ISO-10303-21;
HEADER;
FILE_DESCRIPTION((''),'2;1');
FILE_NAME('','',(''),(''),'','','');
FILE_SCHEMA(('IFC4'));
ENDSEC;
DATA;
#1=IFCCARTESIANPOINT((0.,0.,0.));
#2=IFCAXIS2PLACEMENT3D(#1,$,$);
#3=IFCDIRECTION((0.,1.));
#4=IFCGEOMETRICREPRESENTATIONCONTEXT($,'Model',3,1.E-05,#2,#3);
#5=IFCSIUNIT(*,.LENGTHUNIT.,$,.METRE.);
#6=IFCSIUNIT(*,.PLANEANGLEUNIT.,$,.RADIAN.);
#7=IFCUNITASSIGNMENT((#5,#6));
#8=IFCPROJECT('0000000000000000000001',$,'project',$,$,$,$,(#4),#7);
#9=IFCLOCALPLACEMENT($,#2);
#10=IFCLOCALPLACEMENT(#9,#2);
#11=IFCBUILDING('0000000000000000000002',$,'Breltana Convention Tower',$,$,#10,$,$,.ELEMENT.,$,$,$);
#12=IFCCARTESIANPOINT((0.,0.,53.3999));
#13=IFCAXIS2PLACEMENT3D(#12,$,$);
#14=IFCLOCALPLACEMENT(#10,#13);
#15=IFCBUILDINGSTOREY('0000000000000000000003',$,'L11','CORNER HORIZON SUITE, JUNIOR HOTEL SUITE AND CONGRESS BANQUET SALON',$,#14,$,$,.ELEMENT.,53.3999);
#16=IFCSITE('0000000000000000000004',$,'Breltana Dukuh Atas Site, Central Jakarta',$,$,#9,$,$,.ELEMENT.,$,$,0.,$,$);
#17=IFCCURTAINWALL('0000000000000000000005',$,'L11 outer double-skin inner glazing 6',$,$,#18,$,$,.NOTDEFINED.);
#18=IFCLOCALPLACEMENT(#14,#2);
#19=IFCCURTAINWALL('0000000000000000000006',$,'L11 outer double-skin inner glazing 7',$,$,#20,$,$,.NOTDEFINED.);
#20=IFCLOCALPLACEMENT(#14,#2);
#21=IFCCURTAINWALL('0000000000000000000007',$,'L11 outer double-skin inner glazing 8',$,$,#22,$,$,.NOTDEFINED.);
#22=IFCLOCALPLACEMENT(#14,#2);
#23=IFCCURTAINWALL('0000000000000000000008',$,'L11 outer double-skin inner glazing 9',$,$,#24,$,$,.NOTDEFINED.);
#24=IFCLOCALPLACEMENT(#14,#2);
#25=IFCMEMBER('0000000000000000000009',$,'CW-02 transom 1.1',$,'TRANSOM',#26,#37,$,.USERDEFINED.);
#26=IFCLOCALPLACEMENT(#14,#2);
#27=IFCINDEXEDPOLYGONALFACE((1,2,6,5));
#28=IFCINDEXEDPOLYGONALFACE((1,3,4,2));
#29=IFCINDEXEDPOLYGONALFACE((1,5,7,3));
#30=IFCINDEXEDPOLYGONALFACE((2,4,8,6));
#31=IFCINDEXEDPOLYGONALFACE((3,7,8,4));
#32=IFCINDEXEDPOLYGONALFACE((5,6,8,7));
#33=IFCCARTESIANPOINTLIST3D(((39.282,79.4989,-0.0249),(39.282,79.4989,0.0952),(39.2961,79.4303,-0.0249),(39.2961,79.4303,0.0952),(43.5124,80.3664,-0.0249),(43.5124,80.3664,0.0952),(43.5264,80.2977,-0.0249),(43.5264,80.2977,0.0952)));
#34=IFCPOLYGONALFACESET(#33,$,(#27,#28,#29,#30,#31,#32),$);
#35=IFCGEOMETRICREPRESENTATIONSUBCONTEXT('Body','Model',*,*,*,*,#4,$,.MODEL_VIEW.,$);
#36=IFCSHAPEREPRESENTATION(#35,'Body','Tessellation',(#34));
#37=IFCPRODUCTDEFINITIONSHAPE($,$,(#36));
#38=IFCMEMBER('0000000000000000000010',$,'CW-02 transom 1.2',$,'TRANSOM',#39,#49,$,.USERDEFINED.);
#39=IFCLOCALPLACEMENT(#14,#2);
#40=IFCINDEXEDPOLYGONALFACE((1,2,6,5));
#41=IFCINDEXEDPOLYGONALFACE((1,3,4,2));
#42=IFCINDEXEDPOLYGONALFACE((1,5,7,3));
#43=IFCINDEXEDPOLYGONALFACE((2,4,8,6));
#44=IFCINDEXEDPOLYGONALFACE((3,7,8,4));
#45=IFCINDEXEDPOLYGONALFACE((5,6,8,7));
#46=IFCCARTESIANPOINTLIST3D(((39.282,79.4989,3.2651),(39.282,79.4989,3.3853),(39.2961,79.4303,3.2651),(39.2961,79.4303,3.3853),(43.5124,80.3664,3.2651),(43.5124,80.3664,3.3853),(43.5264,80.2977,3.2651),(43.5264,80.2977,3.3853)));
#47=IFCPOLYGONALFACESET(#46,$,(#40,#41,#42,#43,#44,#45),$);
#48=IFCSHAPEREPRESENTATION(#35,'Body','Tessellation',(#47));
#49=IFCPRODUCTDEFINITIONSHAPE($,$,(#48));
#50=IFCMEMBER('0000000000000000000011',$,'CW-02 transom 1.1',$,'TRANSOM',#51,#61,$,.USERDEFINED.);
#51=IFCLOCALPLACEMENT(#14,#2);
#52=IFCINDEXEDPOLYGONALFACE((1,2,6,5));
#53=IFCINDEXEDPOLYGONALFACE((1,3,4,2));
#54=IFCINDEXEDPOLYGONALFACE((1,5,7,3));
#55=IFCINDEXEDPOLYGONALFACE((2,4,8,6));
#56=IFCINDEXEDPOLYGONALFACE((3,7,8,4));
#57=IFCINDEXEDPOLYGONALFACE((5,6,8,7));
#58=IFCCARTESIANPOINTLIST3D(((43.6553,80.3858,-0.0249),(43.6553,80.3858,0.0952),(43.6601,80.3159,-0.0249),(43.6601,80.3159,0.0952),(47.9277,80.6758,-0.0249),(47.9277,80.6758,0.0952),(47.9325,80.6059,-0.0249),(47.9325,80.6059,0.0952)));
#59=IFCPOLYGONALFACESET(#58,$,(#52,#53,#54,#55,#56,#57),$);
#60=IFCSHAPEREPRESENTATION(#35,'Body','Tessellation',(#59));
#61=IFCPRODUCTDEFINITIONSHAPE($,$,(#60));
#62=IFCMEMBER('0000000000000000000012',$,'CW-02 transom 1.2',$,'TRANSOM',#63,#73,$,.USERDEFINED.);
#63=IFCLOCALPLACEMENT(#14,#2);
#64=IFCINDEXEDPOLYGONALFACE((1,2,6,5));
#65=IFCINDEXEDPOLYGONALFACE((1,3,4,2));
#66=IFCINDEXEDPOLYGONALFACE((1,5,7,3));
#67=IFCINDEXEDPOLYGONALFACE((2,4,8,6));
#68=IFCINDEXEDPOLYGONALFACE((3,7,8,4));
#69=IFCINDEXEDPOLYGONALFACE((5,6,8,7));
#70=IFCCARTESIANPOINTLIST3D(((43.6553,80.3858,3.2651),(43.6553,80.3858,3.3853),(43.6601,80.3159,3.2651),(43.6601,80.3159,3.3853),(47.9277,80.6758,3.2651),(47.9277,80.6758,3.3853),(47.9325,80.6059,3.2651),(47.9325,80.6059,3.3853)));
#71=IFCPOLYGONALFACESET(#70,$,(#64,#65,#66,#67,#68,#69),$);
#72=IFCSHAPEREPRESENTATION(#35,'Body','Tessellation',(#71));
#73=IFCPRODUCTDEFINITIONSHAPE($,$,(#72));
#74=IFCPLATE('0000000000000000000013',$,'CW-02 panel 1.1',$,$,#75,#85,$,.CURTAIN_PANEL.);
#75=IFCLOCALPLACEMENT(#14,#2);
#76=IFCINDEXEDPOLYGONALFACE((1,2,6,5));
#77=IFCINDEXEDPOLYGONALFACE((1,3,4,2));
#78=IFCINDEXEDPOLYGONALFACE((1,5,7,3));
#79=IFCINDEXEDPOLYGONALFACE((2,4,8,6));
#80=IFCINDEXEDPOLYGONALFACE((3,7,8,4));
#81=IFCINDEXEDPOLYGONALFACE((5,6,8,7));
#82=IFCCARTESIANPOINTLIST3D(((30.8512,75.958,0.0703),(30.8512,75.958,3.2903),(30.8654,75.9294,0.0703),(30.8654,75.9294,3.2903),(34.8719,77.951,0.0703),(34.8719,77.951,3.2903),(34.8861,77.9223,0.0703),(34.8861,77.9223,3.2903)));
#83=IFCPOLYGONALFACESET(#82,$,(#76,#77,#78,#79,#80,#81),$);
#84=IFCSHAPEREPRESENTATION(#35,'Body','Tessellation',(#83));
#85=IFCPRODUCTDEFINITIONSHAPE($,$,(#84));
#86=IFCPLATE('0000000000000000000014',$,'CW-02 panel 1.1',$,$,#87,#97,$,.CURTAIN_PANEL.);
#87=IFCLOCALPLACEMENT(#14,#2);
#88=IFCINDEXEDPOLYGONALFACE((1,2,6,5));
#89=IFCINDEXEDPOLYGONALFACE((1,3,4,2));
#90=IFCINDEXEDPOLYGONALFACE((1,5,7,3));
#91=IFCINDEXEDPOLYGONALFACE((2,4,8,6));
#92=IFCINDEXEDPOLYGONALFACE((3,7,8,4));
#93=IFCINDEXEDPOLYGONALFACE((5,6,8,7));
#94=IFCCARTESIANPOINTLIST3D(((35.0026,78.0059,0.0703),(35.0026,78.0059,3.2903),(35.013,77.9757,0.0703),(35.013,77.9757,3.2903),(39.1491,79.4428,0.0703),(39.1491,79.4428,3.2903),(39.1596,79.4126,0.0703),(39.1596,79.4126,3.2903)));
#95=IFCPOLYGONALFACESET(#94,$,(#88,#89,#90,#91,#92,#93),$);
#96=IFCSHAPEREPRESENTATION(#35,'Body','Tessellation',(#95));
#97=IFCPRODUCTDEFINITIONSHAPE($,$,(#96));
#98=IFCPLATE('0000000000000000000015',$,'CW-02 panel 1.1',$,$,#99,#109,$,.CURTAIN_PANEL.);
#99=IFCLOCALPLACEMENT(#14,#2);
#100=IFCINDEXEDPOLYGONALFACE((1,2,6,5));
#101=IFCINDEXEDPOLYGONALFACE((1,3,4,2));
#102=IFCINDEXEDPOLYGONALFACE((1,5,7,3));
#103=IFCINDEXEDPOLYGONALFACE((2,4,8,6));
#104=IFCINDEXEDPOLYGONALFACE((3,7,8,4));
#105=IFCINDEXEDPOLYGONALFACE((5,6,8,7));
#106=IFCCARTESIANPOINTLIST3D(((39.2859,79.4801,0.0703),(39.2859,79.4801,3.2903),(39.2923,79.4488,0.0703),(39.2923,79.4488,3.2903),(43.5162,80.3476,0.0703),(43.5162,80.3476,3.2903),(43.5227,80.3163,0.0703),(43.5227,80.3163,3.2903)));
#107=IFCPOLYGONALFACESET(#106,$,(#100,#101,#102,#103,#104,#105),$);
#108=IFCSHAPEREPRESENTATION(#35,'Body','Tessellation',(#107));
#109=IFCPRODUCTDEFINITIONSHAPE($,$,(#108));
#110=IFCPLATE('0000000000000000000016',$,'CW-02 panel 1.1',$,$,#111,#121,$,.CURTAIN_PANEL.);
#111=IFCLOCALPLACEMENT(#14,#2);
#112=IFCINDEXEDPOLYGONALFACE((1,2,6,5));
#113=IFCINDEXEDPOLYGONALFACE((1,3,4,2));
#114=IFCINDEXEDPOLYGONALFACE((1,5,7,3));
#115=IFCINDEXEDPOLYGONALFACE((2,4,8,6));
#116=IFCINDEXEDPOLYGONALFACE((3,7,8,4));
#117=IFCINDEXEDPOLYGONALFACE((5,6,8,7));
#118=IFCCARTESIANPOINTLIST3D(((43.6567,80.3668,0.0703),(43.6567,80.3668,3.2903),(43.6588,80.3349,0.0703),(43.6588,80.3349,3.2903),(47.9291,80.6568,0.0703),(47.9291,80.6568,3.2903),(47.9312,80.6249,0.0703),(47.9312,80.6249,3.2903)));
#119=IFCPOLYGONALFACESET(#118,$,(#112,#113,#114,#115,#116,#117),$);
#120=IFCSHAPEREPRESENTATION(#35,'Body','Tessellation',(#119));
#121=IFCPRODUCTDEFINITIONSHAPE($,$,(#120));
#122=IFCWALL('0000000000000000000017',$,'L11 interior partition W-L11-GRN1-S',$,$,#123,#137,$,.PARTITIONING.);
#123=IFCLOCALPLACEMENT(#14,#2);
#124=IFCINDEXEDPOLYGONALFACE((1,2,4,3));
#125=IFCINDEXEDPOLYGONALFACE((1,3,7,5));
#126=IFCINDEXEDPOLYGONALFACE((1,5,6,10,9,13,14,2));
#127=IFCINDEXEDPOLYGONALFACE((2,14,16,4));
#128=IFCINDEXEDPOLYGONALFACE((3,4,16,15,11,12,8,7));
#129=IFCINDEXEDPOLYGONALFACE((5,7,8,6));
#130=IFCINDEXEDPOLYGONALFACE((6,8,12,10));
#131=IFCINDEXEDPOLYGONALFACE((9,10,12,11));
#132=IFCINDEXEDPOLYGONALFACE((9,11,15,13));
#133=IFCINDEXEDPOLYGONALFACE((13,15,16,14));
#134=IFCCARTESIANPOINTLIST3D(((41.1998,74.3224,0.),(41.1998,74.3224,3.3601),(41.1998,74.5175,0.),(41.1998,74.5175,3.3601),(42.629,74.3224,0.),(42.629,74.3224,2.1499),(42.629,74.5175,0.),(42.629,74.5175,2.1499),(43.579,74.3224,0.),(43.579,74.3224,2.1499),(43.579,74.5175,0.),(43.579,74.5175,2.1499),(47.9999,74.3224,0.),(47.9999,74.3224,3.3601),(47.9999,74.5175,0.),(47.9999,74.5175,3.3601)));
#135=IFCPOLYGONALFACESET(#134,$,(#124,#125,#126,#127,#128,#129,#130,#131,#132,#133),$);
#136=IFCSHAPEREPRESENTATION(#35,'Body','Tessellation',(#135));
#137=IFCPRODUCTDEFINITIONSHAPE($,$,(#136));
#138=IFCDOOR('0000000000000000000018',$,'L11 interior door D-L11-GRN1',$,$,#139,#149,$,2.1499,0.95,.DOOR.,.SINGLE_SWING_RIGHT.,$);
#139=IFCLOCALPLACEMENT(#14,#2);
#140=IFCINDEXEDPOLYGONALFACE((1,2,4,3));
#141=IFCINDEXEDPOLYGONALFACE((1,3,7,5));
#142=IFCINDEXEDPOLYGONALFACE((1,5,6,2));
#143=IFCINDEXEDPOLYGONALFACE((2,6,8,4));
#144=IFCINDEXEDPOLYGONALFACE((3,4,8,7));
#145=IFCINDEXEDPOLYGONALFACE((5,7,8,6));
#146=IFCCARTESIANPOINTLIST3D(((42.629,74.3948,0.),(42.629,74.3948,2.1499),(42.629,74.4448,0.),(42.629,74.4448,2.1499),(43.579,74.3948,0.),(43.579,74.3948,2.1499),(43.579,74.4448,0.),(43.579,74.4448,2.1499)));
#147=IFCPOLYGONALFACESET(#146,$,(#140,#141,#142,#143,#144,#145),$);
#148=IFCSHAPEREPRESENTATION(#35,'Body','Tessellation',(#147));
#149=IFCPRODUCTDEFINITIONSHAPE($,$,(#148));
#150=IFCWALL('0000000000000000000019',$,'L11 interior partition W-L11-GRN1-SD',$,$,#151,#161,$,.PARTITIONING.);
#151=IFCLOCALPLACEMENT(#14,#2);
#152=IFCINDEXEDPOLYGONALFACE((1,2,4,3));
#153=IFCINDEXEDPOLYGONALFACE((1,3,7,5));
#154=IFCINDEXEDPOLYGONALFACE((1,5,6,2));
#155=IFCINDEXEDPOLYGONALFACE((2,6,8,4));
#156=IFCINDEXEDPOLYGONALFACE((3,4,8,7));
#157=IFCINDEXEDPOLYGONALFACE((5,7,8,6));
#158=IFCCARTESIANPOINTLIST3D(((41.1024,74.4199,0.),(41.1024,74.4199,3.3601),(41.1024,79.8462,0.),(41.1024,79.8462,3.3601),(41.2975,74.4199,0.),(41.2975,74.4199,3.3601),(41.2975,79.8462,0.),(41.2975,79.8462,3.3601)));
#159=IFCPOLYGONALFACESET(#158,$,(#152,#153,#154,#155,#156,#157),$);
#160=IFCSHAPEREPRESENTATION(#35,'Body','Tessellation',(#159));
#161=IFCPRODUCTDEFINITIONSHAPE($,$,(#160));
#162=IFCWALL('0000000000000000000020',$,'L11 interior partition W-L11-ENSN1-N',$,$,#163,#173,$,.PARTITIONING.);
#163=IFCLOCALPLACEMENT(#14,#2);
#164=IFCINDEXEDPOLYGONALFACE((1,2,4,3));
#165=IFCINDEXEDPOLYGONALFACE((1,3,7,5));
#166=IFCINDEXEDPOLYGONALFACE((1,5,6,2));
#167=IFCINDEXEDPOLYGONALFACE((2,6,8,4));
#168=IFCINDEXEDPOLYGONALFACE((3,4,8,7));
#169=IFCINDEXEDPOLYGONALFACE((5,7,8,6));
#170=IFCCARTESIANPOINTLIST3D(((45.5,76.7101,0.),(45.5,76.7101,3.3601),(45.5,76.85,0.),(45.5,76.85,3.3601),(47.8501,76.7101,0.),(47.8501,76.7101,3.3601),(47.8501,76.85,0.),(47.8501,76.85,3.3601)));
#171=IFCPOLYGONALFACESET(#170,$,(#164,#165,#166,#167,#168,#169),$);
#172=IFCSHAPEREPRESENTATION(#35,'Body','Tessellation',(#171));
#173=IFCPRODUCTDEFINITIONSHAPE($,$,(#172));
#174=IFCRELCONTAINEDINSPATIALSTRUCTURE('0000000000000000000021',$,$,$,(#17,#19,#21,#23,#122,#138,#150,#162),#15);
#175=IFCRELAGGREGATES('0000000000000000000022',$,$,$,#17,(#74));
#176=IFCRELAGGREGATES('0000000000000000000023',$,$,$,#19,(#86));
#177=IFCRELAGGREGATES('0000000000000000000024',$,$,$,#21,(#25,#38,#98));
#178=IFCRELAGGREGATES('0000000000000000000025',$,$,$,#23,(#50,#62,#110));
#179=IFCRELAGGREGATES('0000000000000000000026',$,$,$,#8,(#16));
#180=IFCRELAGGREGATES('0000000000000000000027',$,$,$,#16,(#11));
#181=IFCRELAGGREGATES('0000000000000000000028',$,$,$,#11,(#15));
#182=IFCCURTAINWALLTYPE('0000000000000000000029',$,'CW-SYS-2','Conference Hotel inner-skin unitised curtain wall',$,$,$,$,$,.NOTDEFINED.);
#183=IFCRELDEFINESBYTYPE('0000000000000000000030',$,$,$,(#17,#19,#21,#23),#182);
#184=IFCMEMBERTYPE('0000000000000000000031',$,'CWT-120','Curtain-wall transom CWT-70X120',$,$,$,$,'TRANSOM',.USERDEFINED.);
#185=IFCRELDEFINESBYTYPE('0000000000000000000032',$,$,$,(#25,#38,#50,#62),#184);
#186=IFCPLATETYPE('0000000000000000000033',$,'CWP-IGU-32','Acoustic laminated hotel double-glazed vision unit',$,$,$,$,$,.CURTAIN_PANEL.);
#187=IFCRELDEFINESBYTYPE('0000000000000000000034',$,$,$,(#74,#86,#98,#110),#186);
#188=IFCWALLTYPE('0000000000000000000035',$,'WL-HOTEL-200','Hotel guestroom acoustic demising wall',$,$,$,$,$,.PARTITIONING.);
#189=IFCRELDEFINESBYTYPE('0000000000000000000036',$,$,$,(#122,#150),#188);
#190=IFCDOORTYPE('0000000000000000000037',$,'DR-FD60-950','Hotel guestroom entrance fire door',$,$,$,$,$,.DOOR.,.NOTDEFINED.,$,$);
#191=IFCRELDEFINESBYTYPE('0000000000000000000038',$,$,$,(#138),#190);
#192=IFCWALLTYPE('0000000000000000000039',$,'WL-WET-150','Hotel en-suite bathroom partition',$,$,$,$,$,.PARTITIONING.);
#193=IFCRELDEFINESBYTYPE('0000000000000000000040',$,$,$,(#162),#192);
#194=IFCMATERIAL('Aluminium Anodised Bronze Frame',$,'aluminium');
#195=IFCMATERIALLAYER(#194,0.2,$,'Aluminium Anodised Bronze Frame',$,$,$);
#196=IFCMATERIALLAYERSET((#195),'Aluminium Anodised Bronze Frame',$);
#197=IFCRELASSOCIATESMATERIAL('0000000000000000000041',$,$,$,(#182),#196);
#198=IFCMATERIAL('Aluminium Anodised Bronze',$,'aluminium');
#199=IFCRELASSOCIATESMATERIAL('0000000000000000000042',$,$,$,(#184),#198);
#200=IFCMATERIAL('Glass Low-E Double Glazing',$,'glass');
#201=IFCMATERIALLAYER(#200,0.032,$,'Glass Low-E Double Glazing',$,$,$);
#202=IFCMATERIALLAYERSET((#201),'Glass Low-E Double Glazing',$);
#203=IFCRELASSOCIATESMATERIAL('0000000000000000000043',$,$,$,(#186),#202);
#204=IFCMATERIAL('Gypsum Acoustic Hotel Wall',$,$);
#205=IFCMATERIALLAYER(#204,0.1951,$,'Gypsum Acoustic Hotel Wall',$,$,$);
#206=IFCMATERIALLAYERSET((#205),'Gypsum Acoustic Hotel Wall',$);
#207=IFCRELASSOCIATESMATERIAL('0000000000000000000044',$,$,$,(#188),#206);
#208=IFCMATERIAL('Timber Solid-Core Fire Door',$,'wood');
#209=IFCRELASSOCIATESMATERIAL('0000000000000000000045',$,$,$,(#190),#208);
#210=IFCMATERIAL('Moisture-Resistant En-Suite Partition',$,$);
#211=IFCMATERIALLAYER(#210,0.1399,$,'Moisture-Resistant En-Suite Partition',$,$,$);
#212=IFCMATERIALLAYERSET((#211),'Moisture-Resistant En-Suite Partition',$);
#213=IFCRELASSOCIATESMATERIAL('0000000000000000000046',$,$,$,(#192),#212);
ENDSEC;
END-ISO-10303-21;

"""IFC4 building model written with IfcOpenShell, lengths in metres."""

from ifc_helpers import new_model, si_unit, direction, frame, frame_2d, origin, origin_2d, place, context, subcontext, project, spatial, rectangle, extrude, source, transform, mapped, material, layer, layer_set, material_profile, profile_set, type_object, type_shapes, element, fill, aggregate, save


model = new_model("IFC4")

# Units and contexts
model_context = context("Model", 3, precision=1e-05, world=origin(), true_north=direction((0.0, 1.0)))
body_context = subcontext(model_context, "Body", "Model", "MODEL_VIEW")
ifc_project = project(units=[si_unit("LENGTHUNIT", "METRE"), si_unit("PLANEANGLEUNIT", "RADIAN")], contexts=[model_context])

# Site, building, storey
site_placement = place(None, origin())
site = spatial("IfcSite", under=ifc_project, at=site_placement, Name="Breltana Dukuh Atas Site, Central Jakarta", CompositionType="ELEMENT", RefElevation=0.0)
building_placement = place(site_placement, origin())
building = spatial("IfcBuilding", under=site, at=building_placement, Name="Breltana Convention Tower", CompositionType="ELEMENT")
storey_placement = place(building_placement, frame((0.0, 0.0, 53.3999)))
storey = spatial("IfcBuildingStorey", under=building, at=storey_placement, Name="L11", Description="CORNER HORIZON SUITE, JUNIOR HOTEL SUITE AND CONGRESS BANQUET SALON", CompositionType="ELEMENT", Elevation=53.3999)

# Curtain wall
ifc_material_1 = material(Name="Aluminium Anodised Bronze Frame", Category="aluminium")
ifc_layer_1 = layer(ifc_material_1, 0.2, Name="Aluminium Anodised Bronze Frame")
ifc_layer_set_1 = layer_set([ifc_layer_1], Name="Aluminium Anodised Bronze Frame")
curtain_wall_type = type_object("IfcCurtainWallType", Name="CW-SYS-2", Description="Conference Hotel inner-skin unitised curtain wall", PredefinedType="NOTDEFINED", material=ifc_layer_set_1)
curtain_wall_1_placement = place(storey_placement, origin())
curtain_wall_1 = element("IfcCurtainWall", 1, at=curtain_wall_1_placement, inside=storey, type_object=curtain_wall_type, Name="L11 outer double-skin inner glazing 6", PredefinedType="NOTDEFINED")
ifc_material_2 = material(Name="Aluminium Anodised Bronze", Category="aluminium")

# Curtain walls
curtain_wall_2_placement = place(storey_placement, origin())
curtain_wall_2 = element("IfcCurtainWall", 2, at=curtain_wall_2_placement, inside=storey, type_object=curtain_wall_type, Name="L11 outer double-skin inner glazing 7", PredefinedType="NOTDEFINED")
curtain_wall_3_placement = place(storey_placement, origin())
curtain_wall_3 = element("IfcCurtainWall", 3, at=curtain_wall_3_placement, inside=storey, type_object=curtain_wall_type, Name="L11 outer double-skin inner glazing 8", PredefinedType="NOTDEFINED")

# Curtain wall
curtain_wall_4_placement = place(storey_placement, origin())
curtain_wall_4 = element("IfcCurtainWall", 4, at=curtain_wall_4_placement, inside=storey, type_object=curtain_wall_type, Name="L11 outer double-skin inner glazing 9", PredefinedType="NOTDEFINED")

# Members
ifc_material_profile_1 = material_profile(ifc_material_2, rectangle(XDim=0.0701, YDim=0.1201, at=origin_2d()), Name="CWT-70X120")
ifc_profile_set_1 = profile_set([ifc_material_profile_1], Name="Aluminium Anodised Bronze")
member_type_1 = type_object("IfcMemberType", Name="CWT-120", Description="Curtain-wall transom CWT-70X120", ElementType="TRANSOM", PredefinedType="USERDEFINED", material=ifc_profile_set_1)
shared_shape_1 = source(origin(), body_context, "Body", "SweptSolid", [
    extrude(rectangle(XDim=0.0701, YDim=0.1201, at=origin_2d()), origin(), (0.0, 0.0, 1.0), 4.3184),
])
member_1_placement = place(storey_placement, frame((39.2891, 79.4646, 0.0352), z_axis=(0.979617, 0.200876, 0.0), x_axis=(-0.200876, 0.979617, 0.0)))
member_1 = element("IfcMember", 5, at=member_1_placement, type_object=member_type_1, Name="CW-02 transom 1.1", ObjectType="TRANSOM", PredefinedType="USERDEFINED", context=body_context, shape_type="MappedRepresentation", body=[
    mapped(shared_shape_1, transform((0.0, 0.0, 0.0), scale=1.0)),
])
member_2_placement = place(storey_placement, frame((39.2891, 79.4646, 3.3252), z_axis=(0.979617, 0.200876, 0.0), x_axis=(-0.200876, 0.979617, 0.0)))
member_2 = element("IfcMember", 6, at=member_2_placement, type_object=member_type_1, Name="CW-02 transom 1.2", ObjectType="TRANSOM", PredefinedType="USERDEFINED", context=body_context, shape_type="MappedRepresentation", body=[
    mapped(shared_shape_1, transform((0.0, 0.0, 0.0), scale=1.0)),
])
shared_shape_2 = source(origin(), body_context, "Body", "SweptSolid", [
    extrude(rectangle(XDim=0.0701, YDim=0.1201, at=origin_2d()), origin(), (0.0, 0.0, 1.0), 4.2822),
])
member_3_placement = place(storey_placement, frame((43.6577, 80.3508, 0.0352), z_axis=(0.997704, 0.06773, 0.0), x_axis=(-0.06773, 0.997704, 0.0)))
member_3 = element("IfcMember", 7, at=member_3_placement, type_object=member_type_1, Name="CW-02 transom 1.1", ObjectType="TRANSOM", PredefinedType="USERDEFINED", context=body_context, shape_type="MappedRepresentation", body=[
    mapped(shared_shape_2, transform((0.0, 0.0, 0.0), scale=1.0)),
])
member_4_placement = place(storey_placement, frame((43.6577, 80.3508, 3.3252), z_axis=(0.997704, 0.06773, 0.0), x_axis=(-0.06773, 0.997704, 0.0)))
member_4 = element("IfcMember", 8, at=member_4_placement, type_object=member_type_1, Name="CW-02 transom 1.2", ObjectType="TRANSOM", PredefinedType="USERDEFINED", context=body_context, shape_type="MappedRepresentation", body=[
    mapped(shared_shape_2, transform((0.0, 0.0, 0.0), scale=1.0)),
])

# Plates
ifc_material_3 = material(Name="Glass Low-E Double Glazing", Category="glass")
ifc_layer_2 = layer(ifc_material_3, 0.032, Name="Glass Low-E Double Glazing")
ifc_layer_set_2 = layer_set([ifc_layer_2], Name="Glass Low-E Double Glazing")
plate_type = type_object("IfcPlateType", Name="CWP-IGU-32", Description="Acoustic laminated hotel double-glazed vision unit", PredefinedType="CURTAIN_PANEL", material=ifc_layer_set_2)
shared_shape_3 = source(origin(), body_context, "Body", "SweptSolid", [
    extrude(rectangle(XDim=4.4875, YDim=0.032, at=origin_2d()), origin(), (0.0, 0.0, 1.0), 3.22),
])
plate_1_placement = place(storey_placement, frame((32.8687, 76.9402, 0.0703), z_axis=(0.0, 0.0, 1.0), x_axis=(0.895973, 0.444108, 0.0)))
plate_1 = element("IfcPlate", 9, at=plate_1_placement, type_object=plate_type, Name="CW-02 panel 1.1", PredefinedType="CURTAIN_PANEL", context=body_context, shape_type="MappedRepresentation", body=[
    mapped(shared_shape_3, transform((0.0, 0.0, 0.0), scale=1.0)),
])
aggregate(curtain_wall_1, [plate_1])
shared_shape_4 = source(origin(), body_context, "Body", "SweptSolid", [
    extrude(rectangle(XDim=4.3884, YDim=0.032, at=origin_2d()), origin(), (0.0, 0.0, 1.0), 3.22),
])
plate_2_placement = place(storey_placement, frame((37.0811, 78.7092, 0.0703), z_axis=(0.0, 0.0, 1.0), x_axis=(0.944876, 0.327428, 0.0)))
plate_2 = element("IfcPlate", 10, at=plate_2_placement, type_object=plate_type, Name="CW-02 panel 1.1", PredefinedType="CURTAIN_PANEL", context=body_context, shape_type="MappedRepresentation", body=[
    mapped(shared_shape_4, transform((0.0, 0.0, 0.0), scale=1.0)),
])
aggregate(curtain_wall_2, [plate_2])
shared_shape_5 = source(origin(), body_context, "Body", "SweptSolid", [
    extrude(rectangle(XDim=4.3184, YDim=0.032, at=origin_2d()), origin(), (0.0, 0.0, 1.0), 3.22),
])
plate_3_placement = place(storey_placement, frame((41.4043, 79.8982, 0.0703), z_axis=(0.0, 0.0, 1.0), x_axis=(0.979615, 0.200885, 0.0)))
plate_3 = element("IfcPlate", 11, at=plate_3_placement, type_object=plate_type, Name="CW-02 panel 1.1", PredefinedType="CURTAIN_PANEL", context=body_context, shape_type="MappedRepresentation", body=[
    mapped(shared_shape_5, transform((0.0, 0.0, 0.0), scale=1.0)),
])
aggregate(curtain_wall_3, [member_1, member_2, plate_3])
shared_shape_6 = source(origin(), body_context, "Body", "SweptSolid", [
    extrude(rectangle(XDim=4.2822, YDim=0.032, at=origin_2d()), origin(), (0.0, 0.0, 1.0), 3.22),
])
plate_4_placement = place(storey_placement, frame((45.7939, 80.4958, 0.0703), z_axis=(0.0, 0.0, 1.0), x_axis=(0.997704, 0.067726, 0.0)))
plate_4 = element("IfcPlate", 12, at=plate_4_placement, type_object=plate_type, Name="CW-02 panel 1.1", PredefinedType="CURTAIN_PANEL", context=body_context, shape_type="MappedRepresentation", body=[
    mapped(shared_shape_6, transform((0.0, 0.0, 0.0), scale=1.0)),
])
aggregate(curtain_wall_4, [member_3, member_4, plate_4])

# Wall, opening, door
ifc_material_4 = material(Name="Gypsum Acoustic Hotel Wall")
ifc_layer_3 = layer(ifc_material_4, 0.1951, Name="Gypsum Acoustic Hotel Wall")
ifc_layer_set_3 = layer_set([ifc_layer_3], Name="Gypsum Acoustic Hotel Wall")
wall_type_1 = type_object("IfcWallType", Name="WL-HOTEL-200", Description="Hotel guestroom acoustic demising wall", PredefinedType="PARTITIONING", material=ifc_layer_set_3)
shared_shape_7 = source(origin(), body_context, "Body", "SweptSolid", [
    extrude(rectangle(XDim=6.8, YDim=0.1951, at=frame_2d((3.3999, 0.0))), origin(), (0.0, 0.0, 1.0), 3.3601),
])
type_shapes(wall_type_1, [shared_shape_7])
wall_1_placement = place(storey_placement, frame((41.2, 74.4199, 0.0), z_axis=(0.0, 0.0, 1.0), x_axis=(1.0, 0.0, 0.0)))
wall_1 = element("IfcWall", 13, at=wall_1_placement, inside=storey, type_object=wall_type_1, Name="L11 interior partition W-L11-GRN1-S", PredefinedType="PARTITIONING", context=body_context, shape_type="MappedRepresentation", body=[
    mapped(shared_shape_7, transform((0.0, 0.0, 0.0), scale=1.0)),
])
opening_1_placement = place(wall_1_placement, frame((1.429, 0.0, 0.0)))
opening_1 = element("IfcOpeningElement", 14, at=opening_1_placement, cuts=wall_1, PredefinedType="OPENING", context=body_context, shape_type="SweptSolid", body=[
    extrude(rectangle(XDim=0.95, YDim=2.1499, at=frame_2d((0.4751, 1.075))), frame((0.0, 0.1074, 0.0), z_axis=(0.0, -1.0, 0.0), x_axis=(1.0, 0.0, 0.0)), (0.0, 0.0, 1.0), 0.2151),
])
ifc_material_5 = material(Name="Timber Solid-Core Fire Door", Category="wood")
door_type_1 = type_object("IfcDoorType", Name="DR-FD60-950", Description="Hotel guestroom entrance fire door", OperationType="NOTDEFINED", PredefinedType="DOOR", material=ifc_material_5)
shared_shape_8 = source(origin(), body_context, "Body", "SweptSolid", [
    extrude(rectangle(XDim=0.95, YDim=2.1499, at=frame_2d((0.4751, 1.075))), frame((0.0, 0.0249, 0.0), z_axis=(0.0, -1.0, 0.0), x_axis=(1.0, 0.0, 0.0)), (0.0, 0.0, 1.0), 0.05),
])
type_shapes(door_type_1, [shared_shape_8])
door_1_placement = place(opening_1_placement, origin())
door_1 = element("IfcDoor", 15, at=door_1_placement, inside=storey, type_object=door_type_1, Name="L11 interior door D-L11-GRN1", OperationType="SINGLE_SWING_RIGHT", OverallHeight=2.1499, OverallWidth=0.95, PredefinedType="DOOR", context=body_context, shape_type="MappedRepresentation", body=[
    mapped(shared_shape_8, transform((0.0, 0.0, 0.0), scale=1.0)),
])
fill(opening_1, door_1)

# Walls
shared_shape_9 = source(origin(), body_context, "Body", "SweptSolid", [
    extrude(rectangle(XDim=5.4263, YDim=0.1951, at=frame_2d((2.7131, 0.0))), origin(), (0.0, 0.0, 1.0), 3.3601),
])
wall_2_placement = place(storey_placement, frame((41.2, 74.4199, 0.0), z_axis=(0.0, 0.0, 1.0), x_axis=(0.0, 1.0, 0.0)))
element("IfcWall", 16, at=wall_2_placement, inside=storey, type_object=wall_type_1, Name="L11 interior partition W-L11-GRN1-SD", PredefinedType="PARTITIONING", context=body_context, shape_type="MappedRepresentation", body=[
    mapped(shared_shape_9, transform((0.0, 0.0, 0.0), scale=1.0)),
])
ifc_material_6 = material(Name="Moisture-Resistant En-Suite Partition")
ifc_layer_4 = layer(ifc_material_6, 0.1399, Name="Moisture-Resistant En-Suite Partition")
ifc_layer_set_4 = layer_set([ifc_layer_4], Name="Moisture-Resistant En-Suite Partition")
wall_type_2 = type_object("IfcWallType", Name="WL-WET-150", Description="Hotel en-suite bathroom partition", PredefinedType="PARTITIONING", material=ifc_layer_set_4)
shared_shape_10 = source(origin(), body_context, "Body", "SweptSolid", [
    extrude(rectangle(XDim=2.3501, YDim=0.1399, at=frame_2d((1.175, 0.0))), origin(), (0.0, 0.0, 1.0), 3.3601),
])
type_shapes(wall_type_2, [shared_shape_10])
wall_3_placement = place(storey_placement, frame((45.5, 76.78, 0.0), z_axis=(0.0, 0.0, 1.0), x_axis=(1.0, 0.0, 0.0)))
element("IfcWall", 17, at=wall_3_placement, inside=storey, type_object=wall_type_2, Name="L11 interior partition W-L11-ENSN1-N", PredefinedType="PARTITIONING", context=body_context, shape_type="MappedRepresentation", body=[
    mapped(shared_shape_10, transform((0.0, 0.0, 0.0), scale=1.0)),
])

save(model, "model.ifc")
